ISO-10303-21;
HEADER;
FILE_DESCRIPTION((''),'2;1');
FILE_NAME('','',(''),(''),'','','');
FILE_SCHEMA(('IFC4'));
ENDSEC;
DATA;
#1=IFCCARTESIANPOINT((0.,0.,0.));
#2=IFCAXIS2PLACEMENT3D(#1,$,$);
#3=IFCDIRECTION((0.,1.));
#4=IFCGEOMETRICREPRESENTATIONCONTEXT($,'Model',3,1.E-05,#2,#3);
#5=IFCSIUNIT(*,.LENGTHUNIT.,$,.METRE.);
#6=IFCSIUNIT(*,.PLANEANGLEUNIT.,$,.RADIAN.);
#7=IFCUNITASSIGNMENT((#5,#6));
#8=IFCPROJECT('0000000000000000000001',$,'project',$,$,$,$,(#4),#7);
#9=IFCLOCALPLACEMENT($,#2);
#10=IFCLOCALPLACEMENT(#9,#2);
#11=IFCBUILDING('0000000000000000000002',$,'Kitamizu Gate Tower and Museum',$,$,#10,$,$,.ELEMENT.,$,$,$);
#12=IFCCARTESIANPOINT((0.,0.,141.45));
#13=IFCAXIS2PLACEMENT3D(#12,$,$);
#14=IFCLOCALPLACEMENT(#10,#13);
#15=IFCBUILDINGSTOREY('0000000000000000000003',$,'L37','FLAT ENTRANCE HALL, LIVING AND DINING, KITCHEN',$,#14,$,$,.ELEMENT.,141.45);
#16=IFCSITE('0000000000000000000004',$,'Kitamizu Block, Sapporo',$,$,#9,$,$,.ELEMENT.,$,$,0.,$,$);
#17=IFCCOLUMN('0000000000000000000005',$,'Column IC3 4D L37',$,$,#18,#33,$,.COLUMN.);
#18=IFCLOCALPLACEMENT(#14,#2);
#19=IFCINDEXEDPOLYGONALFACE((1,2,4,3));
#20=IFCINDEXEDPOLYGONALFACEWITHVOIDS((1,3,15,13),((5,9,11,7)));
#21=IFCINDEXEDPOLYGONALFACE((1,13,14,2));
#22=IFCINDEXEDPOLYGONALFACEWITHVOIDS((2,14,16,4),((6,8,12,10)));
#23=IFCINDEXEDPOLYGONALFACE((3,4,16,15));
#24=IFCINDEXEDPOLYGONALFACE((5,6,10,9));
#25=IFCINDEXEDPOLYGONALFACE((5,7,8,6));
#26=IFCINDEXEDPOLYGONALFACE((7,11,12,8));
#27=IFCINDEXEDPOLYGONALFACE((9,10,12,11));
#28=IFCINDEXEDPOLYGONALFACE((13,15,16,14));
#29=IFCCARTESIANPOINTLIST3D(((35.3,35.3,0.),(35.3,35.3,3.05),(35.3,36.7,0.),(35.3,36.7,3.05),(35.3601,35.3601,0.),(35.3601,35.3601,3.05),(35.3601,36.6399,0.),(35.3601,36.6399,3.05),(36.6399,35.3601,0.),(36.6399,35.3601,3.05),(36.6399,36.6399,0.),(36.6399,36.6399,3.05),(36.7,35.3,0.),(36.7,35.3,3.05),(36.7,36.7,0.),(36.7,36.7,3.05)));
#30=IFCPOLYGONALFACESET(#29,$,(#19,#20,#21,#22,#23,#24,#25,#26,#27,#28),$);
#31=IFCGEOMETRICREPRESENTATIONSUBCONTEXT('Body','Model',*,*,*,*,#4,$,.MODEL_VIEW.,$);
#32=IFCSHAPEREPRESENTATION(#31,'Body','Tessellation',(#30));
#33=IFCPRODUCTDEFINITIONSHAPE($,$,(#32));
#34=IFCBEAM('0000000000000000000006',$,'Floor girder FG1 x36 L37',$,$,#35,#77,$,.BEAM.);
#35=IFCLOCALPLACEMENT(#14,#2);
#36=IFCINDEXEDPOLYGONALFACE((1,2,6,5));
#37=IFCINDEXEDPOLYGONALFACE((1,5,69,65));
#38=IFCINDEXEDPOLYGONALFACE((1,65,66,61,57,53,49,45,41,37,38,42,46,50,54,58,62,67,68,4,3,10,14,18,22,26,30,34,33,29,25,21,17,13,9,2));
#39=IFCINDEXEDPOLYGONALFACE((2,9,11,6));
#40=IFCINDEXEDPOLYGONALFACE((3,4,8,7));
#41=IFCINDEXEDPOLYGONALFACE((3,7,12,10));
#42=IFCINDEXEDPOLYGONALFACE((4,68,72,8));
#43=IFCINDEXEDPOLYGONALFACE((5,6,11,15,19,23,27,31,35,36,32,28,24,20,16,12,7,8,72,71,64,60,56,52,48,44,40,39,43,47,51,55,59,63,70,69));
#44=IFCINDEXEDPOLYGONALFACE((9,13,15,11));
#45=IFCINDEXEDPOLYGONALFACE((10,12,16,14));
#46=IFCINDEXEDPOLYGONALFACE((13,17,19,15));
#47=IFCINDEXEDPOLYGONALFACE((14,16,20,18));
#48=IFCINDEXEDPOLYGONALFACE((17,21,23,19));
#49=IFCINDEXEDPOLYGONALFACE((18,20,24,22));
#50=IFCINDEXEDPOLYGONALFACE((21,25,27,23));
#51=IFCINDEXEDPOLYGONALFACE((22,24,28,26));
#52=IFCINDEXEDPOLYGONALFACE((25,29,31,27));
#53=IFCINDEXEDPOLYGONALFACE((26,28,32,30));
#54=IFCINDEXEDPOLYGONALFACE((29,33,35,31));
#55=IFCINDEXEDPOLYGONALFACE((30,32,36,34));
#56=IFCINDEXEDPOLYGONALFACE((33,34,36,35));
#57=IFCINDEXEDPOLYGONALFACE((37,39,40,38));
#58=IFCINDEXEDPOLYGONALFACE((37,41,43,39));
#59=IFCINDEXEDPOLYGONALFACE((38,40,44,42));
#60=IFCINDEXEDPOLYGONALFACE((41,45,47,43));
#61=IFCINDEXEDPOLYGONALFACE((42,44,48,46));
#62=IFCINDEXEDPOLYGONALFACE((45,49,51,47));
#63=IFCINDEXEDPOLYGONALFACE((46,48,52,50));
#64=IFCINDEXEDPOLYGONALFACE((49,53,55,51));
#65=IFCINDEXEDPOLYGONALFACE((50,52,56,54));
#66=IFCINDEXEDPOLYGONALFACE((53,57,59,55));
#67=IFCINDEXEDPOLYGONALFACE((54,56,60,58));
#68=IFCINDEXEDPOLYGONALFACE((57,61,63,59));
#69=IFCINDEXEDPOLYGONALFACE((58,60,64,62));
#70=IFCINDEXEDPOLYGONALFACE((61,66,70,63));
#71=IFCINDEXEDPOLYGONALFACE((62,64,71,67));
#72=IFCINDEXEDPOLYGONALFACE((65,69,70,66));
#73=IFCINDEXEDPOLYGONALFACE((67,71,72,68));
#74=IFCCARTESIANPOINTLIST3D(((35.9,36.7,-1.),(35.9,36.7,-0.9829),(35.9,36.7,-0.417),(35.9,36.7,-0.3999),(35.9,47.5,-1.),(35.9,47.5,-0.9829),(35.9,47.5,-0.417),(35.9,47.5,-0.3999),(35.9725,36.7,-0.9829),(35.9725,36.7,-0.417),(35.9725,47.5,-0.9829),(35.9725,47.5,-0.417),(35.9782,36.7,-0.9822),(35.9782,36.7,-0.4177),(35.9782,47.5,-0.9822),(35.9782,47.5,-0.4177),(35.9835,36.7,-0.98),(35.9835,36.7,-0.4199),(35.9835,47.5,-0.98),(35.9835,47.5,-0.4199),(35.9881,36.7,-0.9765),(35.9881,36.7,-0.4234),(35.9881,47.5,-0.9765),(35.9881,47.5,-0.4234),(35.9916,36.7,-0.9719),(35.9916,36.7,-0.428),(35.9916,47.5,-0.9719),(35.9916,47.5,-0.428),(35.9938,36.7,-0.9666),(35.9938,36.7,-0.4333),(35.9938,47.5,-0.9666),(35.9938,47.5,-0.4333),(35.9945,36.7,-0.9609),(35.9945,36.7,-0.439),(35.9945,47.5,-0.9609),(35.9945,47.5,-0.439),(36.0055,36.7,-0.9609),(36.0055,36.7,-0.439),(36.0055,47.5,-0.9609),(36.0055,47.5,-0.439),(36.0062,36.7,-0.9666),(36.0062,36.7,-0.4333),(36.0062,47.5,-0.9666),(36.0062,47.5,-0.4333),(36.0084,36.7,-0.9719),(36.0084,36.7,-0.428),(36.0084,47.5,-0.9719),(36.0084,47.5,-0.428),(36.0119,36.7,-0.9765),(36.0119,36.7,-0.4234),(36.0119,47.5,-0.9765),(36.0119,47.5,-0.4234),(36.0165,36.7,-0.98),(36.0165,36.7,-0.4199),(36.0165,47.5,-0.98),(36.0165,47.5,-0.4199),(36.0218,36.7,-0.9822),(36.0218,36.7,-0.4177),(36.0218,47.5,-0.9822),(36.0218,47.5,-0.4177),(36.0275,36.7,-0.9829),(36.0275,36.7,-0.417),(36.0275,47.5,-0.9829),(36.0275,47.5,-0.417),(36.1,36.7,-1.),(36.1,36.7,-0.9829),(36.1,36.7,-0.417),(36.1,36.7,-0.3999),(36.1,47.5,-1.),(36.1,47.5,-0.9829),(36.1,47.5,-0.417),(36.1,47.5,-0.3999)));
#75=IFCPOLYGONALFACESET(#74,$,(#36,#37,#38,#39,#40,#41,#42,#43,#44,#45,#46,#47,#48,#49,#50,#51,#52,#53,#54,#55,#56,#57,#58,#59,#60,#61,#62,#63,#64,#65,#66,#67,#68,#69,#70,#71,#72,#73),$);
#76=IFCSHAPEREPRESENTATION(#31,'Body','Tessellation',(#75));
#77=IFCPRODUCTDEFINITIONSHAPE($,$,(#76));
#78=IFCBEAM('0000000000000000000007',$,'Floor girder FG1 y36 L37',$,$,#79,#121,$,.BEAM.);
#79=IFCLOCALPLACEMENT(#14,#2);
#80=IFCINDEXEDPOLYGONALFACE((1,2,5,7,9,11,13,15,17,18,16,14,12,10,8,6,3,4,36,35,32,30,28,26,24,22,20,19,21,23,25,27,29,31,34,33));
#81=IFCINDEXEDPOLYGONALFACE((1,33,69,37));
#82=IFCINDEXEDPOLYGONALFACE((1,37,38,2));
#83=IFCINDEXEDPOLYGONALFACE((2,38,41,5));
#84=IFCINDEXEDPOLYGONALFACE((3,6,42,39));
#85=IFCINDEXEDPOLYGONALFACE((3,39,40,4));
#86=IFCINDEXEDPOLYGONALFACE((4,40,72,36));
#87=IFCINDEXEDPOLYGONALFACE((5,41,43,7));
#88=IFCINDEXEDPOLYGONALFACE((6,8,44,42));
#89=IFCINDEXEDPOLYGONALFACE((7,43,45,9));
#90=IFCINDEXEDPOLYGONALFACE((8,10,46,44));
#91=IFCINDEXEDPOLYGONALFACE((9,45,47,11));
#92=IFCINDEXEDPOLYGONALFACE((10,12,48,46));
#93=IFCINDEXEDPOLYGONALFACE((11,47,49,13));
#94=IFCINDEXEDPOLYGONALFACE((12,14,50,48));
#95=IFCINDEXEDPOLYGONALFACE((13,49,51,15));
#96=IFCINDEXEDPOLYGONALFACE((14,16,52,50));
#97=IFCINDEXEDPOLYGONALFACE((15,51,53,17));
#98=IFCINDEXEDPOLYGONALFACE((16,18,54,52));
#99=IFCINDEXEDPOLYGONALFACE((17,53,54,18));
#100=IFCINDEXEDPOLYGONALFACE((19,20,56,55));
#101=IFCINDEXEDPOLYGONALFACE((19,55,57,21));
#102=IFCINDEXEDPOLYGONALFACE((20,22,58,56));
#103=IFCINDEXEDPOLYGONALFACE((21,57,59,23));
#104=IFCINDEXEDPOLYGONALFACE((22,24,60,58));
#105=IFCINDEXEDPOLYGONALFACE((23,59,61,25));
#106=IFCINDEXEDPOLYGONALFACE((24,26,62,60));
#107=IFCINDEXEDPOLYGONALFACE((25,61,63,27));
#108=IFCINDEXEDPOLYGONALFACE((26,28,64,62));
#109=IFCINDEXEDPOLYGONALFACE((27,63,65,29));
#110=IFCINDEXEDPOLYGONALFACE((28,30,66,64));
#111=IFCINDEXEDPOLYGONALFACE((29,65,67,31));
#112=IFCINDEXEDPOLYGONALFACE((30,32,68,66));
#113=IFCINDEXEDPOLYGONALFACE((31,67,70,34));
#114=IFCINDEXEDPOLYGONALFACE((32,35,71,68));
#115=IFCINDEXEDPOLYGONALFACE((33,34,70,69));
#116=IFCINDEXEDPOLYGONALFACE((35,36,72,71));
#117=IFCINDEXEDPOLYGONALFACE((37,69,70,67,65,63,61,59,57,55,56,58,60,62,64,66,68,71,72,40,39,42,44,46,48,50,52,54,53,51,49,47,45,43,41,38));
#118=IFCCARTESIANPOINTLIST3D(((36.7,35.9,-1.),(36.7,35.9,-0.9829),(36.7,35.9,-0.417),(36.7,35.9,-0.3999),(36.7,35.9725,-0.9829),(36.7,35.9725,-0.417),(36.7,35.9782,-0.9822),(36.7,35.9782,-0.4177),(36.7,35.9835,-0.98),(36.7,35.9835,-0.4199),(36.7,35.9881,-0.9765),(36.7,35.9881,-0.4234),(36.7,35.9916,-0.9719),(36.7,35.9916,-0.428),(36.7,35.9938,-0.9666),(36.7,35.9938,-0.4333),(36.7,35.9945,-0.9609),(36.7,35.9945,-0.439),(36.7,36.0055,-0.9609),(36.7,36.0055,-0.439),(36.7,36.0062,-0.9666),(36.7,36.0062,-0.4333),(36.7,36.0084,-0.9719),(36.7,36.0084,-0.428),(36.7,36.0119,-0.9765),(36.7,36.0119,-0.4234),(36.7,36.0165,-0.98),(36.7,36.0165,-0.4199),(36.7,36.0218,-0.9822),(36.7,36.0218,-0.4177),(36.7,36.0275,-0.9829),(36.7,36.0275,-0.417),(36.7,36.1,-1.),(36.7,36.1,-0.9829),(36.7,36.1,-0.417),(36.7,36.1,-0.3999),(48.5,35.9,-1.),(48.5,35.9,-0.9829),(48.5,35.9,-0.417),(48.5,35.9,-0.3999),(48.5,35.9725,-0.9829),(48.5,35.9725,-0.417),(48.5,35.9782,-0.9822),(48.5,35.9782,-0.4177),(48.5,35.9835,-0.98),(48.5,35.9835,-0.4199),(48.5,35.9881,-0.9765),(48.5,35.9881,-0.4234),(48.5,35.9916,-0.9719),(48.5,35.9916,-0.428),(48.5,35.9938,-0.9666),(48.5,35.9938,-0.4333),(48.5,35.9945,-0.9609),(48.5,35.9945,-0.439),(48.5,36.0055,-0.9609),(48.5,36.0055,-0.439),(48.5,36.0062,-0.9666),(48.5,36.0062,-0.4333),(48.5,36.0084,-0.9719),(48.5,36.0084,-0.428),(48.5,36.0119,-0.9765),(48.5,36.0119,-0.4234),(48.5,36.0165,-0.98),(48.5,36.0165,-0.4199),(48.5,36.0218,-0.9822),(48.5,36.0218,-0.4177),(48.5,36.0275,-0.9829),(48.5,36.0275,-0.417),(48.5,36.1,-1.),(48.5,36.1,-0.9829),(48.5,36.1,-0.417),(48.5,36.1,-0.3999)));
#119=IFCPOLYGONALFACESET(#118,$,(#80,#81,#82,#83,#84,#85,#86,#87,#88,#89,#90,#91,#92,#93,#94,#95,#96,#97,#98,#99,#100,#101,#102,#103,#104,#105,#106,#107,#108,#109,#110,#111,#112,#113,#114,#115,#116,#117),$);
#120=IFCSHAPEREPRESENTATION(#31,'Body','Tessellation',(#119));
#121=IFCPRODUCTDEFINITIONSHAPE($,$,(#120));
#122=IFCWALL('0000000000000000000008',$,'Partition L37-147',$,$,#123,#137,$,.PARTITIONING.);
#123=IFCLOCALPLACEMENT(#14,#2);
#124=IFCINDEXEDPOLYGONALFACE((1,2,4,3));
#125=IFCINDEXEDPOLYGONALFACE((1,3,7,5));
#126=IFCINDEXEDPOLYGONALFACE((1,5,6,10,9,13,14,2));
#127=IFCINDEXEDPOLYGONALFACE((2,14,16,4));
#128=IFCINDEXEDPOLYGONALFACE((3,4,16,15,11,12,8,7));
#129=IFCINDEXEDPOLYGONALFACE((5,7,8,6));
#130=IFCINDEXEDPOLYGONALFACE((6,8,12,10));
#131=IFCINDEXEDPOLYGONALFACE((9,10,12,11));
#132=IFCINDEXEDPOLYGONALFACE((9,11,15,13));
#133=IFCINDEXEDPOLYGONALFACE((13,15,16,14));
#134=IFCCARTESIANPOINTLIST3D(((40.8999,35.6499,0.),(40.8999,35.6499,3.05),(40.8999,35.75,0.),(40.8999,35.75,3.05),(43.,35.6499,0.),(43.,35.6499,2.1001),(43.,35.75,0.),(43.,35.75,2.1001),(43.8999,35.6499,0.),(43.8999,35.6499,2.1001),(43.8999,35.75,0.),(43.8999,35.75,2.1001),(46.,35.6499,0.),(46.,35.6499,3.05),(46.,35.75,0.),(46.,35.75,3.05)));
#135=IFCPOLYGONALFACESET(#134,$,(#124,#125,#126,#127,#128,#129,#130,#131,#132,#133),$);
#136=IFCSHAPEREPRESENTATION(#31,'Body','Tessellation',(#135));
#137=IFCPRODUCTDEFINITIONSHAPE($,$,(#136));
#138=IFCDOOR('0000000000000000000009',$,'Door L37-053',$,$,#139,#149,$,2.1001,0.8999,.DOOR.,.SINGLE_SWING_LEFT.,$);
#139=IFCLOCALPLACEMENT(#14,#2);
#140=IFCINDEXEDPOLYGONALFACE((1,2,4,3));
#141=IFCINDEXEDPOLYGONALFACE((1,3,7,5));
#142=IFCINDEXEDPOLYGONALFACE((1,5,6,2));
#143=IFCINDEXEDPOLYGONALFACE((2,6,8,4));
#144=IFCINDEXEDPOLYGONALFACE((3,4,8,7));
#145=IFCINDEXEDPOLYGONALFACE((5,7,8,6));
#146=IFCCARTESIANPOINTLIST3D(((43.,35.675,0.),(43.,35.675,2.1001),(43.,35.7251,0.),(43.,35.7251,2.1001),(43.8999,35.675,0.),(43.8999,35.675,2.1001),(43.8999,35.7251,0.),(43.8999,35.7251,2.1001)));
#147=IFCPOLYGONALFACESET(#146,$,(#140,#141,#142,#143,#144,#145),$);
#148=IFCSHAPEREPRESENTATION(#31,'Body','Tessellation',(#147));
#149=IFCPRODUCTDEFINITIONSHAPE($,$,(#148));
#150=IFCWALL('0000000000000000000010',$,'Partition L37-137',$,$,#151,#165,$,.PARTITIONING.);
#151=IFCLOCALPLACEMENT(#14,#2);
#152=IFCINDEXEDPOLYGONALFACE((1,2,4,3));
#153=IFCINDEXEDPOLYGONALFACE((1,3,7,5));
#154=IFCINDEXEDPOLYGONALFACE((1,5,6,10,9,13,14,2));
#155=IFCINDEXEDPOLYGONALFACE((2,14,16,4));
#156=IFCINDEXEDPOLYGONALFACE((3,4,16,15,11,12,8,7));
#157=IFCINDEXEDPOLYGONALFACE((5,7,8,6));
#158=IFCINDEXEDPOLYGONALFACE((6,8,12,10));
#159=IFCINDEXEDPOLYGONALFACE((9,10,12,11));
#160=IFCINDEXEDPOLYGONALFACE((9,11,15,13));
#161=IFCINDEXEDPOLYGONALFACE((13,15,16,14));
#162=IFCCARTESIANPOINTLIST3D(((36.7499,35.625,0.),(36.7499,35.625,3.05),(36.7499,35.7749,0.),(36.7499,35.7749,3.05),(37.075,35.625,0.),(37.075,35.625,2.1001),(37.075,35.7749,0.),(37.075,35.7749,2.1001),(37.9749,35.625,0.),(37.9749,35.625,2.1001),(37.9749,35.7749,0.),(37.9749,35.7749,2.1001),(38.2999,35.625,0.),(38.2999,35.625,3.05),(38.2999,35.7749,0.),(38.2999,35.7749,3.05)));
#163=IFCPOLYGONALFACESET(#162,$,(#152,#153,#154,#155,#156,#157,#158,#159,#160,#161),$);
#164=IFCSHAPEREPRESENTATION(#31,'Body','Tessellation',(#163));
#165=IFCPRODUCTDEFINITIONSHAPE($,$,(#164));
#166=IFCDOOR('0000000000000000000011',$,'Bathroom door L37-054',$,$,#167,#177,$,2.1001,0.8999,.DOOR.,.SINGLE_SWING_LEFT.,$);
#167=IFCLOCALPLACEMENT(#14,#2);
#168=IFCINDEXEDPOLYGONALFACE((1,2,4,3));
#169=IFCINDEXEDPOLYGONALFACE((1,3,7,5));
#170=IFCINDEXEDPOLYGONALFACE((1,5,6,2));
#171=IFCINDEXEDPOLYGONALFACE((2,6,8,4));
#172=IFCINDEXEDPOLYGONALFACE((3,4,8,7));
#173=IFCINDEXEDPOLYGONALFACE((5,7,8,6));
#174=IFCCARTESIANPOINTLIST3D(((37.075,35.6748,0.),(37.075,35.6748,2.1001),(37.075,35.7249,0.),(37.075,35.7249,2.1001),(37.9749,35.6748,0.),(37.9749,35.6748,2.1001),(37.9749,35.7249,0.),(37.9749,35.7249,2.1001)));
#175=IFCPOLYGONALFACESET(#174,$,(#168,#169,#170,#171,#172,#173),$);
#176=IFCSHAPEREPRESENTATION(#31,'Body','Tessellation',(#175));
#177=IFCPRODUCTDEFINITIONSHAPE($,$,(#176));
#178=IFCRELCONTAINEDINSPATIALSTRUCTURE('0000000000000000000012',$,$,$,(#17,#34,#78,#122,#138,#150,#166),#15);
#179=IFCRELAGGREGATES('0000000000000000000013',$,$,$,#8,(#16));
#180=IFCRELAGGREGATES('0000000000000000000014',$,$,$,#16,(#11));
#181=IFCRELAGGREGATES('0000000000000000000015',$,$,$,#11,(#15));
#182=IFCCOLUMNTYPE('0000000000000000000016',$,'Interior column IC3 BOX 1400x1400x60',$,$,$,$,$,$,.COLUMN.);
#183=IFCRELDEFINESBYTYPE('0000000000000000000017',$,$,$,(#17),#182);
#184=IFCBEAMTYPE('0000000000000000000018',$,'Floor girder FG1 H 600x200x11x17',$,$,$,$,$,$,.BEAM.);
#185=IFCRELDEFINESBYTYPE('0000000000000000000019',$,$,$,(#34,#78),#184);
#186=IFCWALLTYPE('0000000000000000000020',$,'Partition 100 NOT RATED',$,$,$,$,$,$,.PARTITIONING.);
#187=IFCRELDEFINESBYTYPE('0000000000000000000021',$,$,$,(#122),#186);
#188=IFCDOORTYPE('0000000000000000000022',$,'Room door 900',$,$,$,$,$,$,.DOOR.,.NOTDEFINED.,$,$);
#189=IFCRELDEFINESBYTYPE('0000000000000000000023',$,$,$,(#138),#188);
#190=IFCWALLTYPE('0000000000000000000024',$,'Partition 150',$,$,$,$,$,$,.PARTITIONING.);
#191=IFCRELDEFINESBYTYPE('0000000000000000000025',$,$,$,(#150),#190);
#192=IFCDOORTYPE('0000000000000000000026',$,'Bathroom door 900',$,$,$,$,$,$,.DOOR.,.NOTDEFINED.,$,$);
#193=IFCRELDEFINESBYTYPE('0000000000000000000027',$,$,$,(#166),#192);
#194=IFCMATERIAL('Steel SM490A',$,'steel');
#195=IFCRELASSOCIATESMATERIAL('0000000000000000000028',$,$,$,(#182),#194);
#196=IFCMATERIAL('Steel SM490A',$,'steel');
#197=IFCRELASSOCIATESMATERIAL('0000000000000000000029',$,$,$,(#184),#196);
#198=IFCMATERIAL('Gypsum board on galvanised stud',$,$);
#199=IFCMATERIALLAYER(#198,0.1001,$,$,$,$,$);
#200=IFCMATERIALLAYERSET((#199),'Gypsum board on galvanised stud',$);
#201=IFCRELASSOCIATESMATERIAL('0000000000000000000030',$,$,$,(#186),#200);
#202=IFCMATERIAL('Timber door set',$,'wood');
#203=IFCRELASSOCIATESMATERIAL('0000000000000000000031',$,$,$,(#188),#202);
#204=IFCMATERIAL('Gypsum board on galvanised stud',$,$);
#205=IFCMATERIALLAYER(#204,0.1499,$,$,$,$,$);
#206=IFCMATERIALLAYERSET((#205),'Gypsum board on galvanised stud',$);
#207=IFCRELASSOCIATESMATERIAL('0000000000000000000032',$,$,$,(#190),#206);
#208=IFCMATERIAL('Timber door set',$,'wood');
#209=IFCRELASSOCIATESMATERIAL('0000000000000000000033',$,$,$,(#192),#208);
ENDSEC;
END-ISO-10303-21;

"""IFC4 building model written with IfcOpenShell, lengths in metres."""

from ifc_helpers import new_model, si_unit, direction, frame, frame_2d, origin, origin_2d, place, context, subcontext, project, spatial, rectangle, hollow_rectangle, i_section, extrude, material, layer, layer_set, material_profile, profile_set, type_object, element, fill, save


model = new_model("IFC4")

# Units and contexts
model_context = context("Model", 3, precision=1e-05, world=origin(), true_north=direction((0.0, 1.0)))
body_context = subcontext(model_context, "Body", "Model", "MODEL_VIEW")
ifc_project = project(units=[si_unit("LENGTHUNIT", "METRE"), si_unit("PLANEANGLEUNIT", "RADIAN")], contexts=[model_context])

# Site, building, storey
site_placement = place(None, origin())
site = spatial("IfcSite", under=ifc_project, at=site_placement, Name="Kitamizu Block, Sapporo", CompositionType="ELEMENT", RefElevation=0.0)
building_placement = place(site_placement, origin())
building = spatial("IfcBuilding", under=site, at=building_placement, Name="Kitamizu Gate Tower and Museum", CompositionType="ELEMENT")
storey_placement = place(building_placement, frame((0.0, 0.0, 141.45)))
storey = spatial("IfcBuildingStorey", under=building, at=storey_placement, Name="L37", Description="FLAT ENTRANCE HALL, LIVING AND DINING, KITCHEN", CompositionType="ELEMENT", Elevation=141.45)

# Column
ifc_material_1 = material(Name="Steel SM490A", Category="steel")
ifc_material_profile_1 = material_profile(ifc_material_1, hollow_rectangle(XDim=1.3999, YDim=1.3999, WallThickness=0.0601, at=origin_2d()), Name="BOX 1400x1400x60")
ifc_profile_set_1 = profile_set([ifc_material_profile_1], Name="Steel SM490A")
column_type = type_object("IfcColumnType", Name="Interior column IC3 BOX 1400x1400x60", PredefinedType="COLUMN", material=ifc_profile_set_1)
column_placement = place(storey_placement, frame((36.0, 36.0, 0.0), z_axis=(0.0, 0.0, 1.0), x_axis=(1.0, 0.0, 0.0)))
element("IfcColumn", 1, at=column_placement, inside=storey, type_object=column_type, Name="Column IC3 4D L37", PredefinedType="COLUMN", context=body_context, shape_type="SweptSolid", body=[
    extrude(hollow_rectangle(XDim=1.3999, YDim=1.3999, WallThickness=0.0601, at=origin_2d()), origin(), (0.0, 0.0, 1.0), 3.05),
])

# Beams
ifc_material_2 = material(Name="Steel SM490A", Category="steel")
ifc_material_profile_2 = material_profile(ifc_material_2, i_section(OverallWidth=0.2, OverallDepth=0.6001, WebThickness=0.011, FlangeThickness=0.0171, FilletRadius=0.022, at=origin_2d()), Name="H-600x200x11x17")
ifc_profile_set_2 = profile_set([ifc_material_profile_2], Name="Steel SM490A")
beam_type = type_object("IfcBeamType", Name="Floor girder FG1 H 600x200x11x17", PredefinedType="BEAM", material=ifc_profile_set_2)
beam_1_placement = place(storey_placement, frame((36.0, 36.7, -0.7), z_axis=(0.0, 1.0, 0.0), x_axis=(-1.0, 0.0, 0.0)))
element("IfcBeam", 2, at=beam_1_placement, inside=storey, type_object=beam_type, Name="Floor girder FG1 x36 L37", PredefinedType="BEAM", context=body_context, shape_type="SweptSolid", body=[
    extrude(i_section(OverallWidth=0.2, OverallDepth=0.6001, WebThickness=0.011, FlangeThickness=0.0171, FilletRadius=0.022, at=origin_2d()), origin(), (0.0, 0.0, 1.0), 10.8),
])
beam_2_placement = place(storey_placement, frame((36.7, 36.0, -0.7), z_axis=(1.0, 0.0, 0.0), x_axis=(0.0, 1.0, 0.0)))
element("IfcBeam", 3, at=beam_2_placement, inside=storey, type_object=beam_type, Name="Floor girder FG1 y36 L37", PredefinedType="BEAM", context=body_context, shape_type="SweptSolid", body=[
    extrude(i_section(OverallWidth=0.2, OverallDepth=0.6001, WebThickness=0.011, FlangeThickness=0.0171, FilletRadius=0.022, at=origin_2d()), origin(), (0.0, 0.0, 1.0), 11.8),
])

# Walls, openings, doors
ifc_material_3 = material(Name="Gypsum board on galvanised stud")
ifc_layer_1 = layer(ifc_material_3, 0.1001)
ifc_layer_set_1 = layer_set([ifc_layer_1], Name="Gypsum board on galvanised stud")
wall_type_1 = type_object("IfcWallType", Name="Partition 100 NOT RATED", PredefinedType="PARTITIONING", material=ifc_layer_set_1)
wall_1_placement = place(storey_placement, frame((40.8999, 35.7, 0.0), z_axis=(0.0, 0.0, 1.0), x_axis=(1.0, 0.0, 0.0)))
wall_1 = element("IfcWall", 4, at=wall_1_placement, inside=storey, type_object=wall_type_1, Name="Partition L37-147", PredefinedType="PARTITIONING", context=body_context, shape_type="SweptSolid", body=[
    extrude(rectangle(XDim=5.1001, YDim=0.1001, at=frame_2d((2.55, 0.0))), origin(), (0.0, 0.0, 1.0), 3.05),
])
opening_1_placement = place(wall_1_placement, frame((2.1001, 0.0, 0.0)))
opening_1 = element("IfcOpeningElement", 5, at=opening_1_placement, cuts=wall_1, PredefinedType="OPENING", context=body_context, shape_type="SweptSolid", body=[
    extrude(rectangle(XDim=0.8999, YDim=2.1001, at=frame_2d((0.45, 1.05))), frame((0.0, 0.0601, 0.0), z_axis=(0.0, -1.0, 0.0), x_axis=(1.0, 0.0, 0.0)), (0.0, 0.0, 1.0), 0.1201),
])
ifc_material_4 = material(Name="Timber door set", Category="wood")
door_type_1 = type_object("IfcDoorType", Name="Room door 900", OperationType="NOTDEFINED", PredefinedType="DOOR", material=ifc_material_4)
door_1_placement = place(opening_1_placement, frame((0.8999, 0.0, 0.0), x_axis=(-1.0, 0.0, 0.0)))
door_1 = element("IfcDoor", 6, at=door_1_placement, inside=storey, type_object=door_type_1, Name="Door L37-053", OperationType="SINGLE_SWING_LEFT", OverallHeight=2.1001, OverallWidth=0.8999, PredefinedType="DOOR", context=body_context, shape_type="SweptSolid", body=[
    extrude(rectangle(XDim=0.8999, YDim=2.1001, at=frame_2d((0.45, 1.05))), frame((0.0, 0.0249, 0.0), z_axis=(0.0, -1.0, 0.0), x_axis=(1.0, 0.0, 0.0)), (0.0, 0.0, 1.0), 0.05),
])
fill(opening_1, door_1)
ifc_material_5 = material(Name="Gypsum board on galvanised stud")
ifc_layer_2 = layer(ifc_material_5, 0.1499)
ifc_layer_set_2 = layer_set([ifc_layer_2], Name="Gypsum board on galvanised stud")
wall_type_2 = type_object("IfcWallType", Name="Partition 150", PredefinedType="PARTITIONING", material=ifc_layer_set_2)
wall_2_placement = place(storey_placement, frame((36.75, 35.7, 0.0), z_axis=(0.0, 0.0, 1.0), x_axis=(1.0, 0.0, 0.0)))
wall_2 = element("IfcWall", 7, at=wall_2_placement, inside=storey, type_object=wall_type_2, Name="Partition L37-137", PredefinedType="PARTITIONING", context=body_context, shape_type="SweptSolid", body=[
    extrude(rectangle(XDim=1.55, YDim=0.1499, at=frame_2d((0.7749, 0.0))), origin(), (0.0, 0.0, 1.0), 3.05),
])
opening_2_placement = place(wall_2_placement, frame((0.325, 0.0, 0.0)))
opening_2 = element("IfcOpeningElement", 8, at=opening_2_placement, cuts=wall_2, PredefinedType="OPENING", context=body_context, shape_type="SweptSolid", body=[
    extrude(rectangle(XDim=0.8999, YDim=2.1001, at=frame_2d((0.45, 1.05))), frame((0.0, 0.085, 0.0), z_axis=(0.0, -1.0, 0.0), x_axis=(1.0, 0.0, 0.0)), (0.0, 0.0, 1.0), 0.1699),
])
ifc_material_6 = material(Name="Timber door set", Category="wood")
door_type_2 = type_object("IfcDoorType", Name="Bathroom door 900", OperationType="NOTDEFINED", PredefinedType="DOOR", material=ifc_material_6)
door_2_placement = place(opening_2_placement, origin())
door_2 = element("IfcDoor", 9, at=door_2_placement, inside=storey, type_object=door_type_2, Name="Bathroom door L37-054", OperationType="SINGLE_SWING_LEFT", OverallHeight=2.1001, OverallWidth=0.8999, PredefinedType="DOOR", context=body_context, shape_type="SweptSolid", body=[
    extrude(rectangle(XDim=0.8999, YDim=2.1001, at=frame_2d((0.45, 1.05))), frame((0.0, 0.0249, 0.0), z_axis=(0.0, -1.0, 0.0), x_axis=(1.0, 0.0, 0.0)), (0.0, 0.0, 1.0), 0.05),
])
fill(opening_2, door_2)

save(model, "model.ifc")
